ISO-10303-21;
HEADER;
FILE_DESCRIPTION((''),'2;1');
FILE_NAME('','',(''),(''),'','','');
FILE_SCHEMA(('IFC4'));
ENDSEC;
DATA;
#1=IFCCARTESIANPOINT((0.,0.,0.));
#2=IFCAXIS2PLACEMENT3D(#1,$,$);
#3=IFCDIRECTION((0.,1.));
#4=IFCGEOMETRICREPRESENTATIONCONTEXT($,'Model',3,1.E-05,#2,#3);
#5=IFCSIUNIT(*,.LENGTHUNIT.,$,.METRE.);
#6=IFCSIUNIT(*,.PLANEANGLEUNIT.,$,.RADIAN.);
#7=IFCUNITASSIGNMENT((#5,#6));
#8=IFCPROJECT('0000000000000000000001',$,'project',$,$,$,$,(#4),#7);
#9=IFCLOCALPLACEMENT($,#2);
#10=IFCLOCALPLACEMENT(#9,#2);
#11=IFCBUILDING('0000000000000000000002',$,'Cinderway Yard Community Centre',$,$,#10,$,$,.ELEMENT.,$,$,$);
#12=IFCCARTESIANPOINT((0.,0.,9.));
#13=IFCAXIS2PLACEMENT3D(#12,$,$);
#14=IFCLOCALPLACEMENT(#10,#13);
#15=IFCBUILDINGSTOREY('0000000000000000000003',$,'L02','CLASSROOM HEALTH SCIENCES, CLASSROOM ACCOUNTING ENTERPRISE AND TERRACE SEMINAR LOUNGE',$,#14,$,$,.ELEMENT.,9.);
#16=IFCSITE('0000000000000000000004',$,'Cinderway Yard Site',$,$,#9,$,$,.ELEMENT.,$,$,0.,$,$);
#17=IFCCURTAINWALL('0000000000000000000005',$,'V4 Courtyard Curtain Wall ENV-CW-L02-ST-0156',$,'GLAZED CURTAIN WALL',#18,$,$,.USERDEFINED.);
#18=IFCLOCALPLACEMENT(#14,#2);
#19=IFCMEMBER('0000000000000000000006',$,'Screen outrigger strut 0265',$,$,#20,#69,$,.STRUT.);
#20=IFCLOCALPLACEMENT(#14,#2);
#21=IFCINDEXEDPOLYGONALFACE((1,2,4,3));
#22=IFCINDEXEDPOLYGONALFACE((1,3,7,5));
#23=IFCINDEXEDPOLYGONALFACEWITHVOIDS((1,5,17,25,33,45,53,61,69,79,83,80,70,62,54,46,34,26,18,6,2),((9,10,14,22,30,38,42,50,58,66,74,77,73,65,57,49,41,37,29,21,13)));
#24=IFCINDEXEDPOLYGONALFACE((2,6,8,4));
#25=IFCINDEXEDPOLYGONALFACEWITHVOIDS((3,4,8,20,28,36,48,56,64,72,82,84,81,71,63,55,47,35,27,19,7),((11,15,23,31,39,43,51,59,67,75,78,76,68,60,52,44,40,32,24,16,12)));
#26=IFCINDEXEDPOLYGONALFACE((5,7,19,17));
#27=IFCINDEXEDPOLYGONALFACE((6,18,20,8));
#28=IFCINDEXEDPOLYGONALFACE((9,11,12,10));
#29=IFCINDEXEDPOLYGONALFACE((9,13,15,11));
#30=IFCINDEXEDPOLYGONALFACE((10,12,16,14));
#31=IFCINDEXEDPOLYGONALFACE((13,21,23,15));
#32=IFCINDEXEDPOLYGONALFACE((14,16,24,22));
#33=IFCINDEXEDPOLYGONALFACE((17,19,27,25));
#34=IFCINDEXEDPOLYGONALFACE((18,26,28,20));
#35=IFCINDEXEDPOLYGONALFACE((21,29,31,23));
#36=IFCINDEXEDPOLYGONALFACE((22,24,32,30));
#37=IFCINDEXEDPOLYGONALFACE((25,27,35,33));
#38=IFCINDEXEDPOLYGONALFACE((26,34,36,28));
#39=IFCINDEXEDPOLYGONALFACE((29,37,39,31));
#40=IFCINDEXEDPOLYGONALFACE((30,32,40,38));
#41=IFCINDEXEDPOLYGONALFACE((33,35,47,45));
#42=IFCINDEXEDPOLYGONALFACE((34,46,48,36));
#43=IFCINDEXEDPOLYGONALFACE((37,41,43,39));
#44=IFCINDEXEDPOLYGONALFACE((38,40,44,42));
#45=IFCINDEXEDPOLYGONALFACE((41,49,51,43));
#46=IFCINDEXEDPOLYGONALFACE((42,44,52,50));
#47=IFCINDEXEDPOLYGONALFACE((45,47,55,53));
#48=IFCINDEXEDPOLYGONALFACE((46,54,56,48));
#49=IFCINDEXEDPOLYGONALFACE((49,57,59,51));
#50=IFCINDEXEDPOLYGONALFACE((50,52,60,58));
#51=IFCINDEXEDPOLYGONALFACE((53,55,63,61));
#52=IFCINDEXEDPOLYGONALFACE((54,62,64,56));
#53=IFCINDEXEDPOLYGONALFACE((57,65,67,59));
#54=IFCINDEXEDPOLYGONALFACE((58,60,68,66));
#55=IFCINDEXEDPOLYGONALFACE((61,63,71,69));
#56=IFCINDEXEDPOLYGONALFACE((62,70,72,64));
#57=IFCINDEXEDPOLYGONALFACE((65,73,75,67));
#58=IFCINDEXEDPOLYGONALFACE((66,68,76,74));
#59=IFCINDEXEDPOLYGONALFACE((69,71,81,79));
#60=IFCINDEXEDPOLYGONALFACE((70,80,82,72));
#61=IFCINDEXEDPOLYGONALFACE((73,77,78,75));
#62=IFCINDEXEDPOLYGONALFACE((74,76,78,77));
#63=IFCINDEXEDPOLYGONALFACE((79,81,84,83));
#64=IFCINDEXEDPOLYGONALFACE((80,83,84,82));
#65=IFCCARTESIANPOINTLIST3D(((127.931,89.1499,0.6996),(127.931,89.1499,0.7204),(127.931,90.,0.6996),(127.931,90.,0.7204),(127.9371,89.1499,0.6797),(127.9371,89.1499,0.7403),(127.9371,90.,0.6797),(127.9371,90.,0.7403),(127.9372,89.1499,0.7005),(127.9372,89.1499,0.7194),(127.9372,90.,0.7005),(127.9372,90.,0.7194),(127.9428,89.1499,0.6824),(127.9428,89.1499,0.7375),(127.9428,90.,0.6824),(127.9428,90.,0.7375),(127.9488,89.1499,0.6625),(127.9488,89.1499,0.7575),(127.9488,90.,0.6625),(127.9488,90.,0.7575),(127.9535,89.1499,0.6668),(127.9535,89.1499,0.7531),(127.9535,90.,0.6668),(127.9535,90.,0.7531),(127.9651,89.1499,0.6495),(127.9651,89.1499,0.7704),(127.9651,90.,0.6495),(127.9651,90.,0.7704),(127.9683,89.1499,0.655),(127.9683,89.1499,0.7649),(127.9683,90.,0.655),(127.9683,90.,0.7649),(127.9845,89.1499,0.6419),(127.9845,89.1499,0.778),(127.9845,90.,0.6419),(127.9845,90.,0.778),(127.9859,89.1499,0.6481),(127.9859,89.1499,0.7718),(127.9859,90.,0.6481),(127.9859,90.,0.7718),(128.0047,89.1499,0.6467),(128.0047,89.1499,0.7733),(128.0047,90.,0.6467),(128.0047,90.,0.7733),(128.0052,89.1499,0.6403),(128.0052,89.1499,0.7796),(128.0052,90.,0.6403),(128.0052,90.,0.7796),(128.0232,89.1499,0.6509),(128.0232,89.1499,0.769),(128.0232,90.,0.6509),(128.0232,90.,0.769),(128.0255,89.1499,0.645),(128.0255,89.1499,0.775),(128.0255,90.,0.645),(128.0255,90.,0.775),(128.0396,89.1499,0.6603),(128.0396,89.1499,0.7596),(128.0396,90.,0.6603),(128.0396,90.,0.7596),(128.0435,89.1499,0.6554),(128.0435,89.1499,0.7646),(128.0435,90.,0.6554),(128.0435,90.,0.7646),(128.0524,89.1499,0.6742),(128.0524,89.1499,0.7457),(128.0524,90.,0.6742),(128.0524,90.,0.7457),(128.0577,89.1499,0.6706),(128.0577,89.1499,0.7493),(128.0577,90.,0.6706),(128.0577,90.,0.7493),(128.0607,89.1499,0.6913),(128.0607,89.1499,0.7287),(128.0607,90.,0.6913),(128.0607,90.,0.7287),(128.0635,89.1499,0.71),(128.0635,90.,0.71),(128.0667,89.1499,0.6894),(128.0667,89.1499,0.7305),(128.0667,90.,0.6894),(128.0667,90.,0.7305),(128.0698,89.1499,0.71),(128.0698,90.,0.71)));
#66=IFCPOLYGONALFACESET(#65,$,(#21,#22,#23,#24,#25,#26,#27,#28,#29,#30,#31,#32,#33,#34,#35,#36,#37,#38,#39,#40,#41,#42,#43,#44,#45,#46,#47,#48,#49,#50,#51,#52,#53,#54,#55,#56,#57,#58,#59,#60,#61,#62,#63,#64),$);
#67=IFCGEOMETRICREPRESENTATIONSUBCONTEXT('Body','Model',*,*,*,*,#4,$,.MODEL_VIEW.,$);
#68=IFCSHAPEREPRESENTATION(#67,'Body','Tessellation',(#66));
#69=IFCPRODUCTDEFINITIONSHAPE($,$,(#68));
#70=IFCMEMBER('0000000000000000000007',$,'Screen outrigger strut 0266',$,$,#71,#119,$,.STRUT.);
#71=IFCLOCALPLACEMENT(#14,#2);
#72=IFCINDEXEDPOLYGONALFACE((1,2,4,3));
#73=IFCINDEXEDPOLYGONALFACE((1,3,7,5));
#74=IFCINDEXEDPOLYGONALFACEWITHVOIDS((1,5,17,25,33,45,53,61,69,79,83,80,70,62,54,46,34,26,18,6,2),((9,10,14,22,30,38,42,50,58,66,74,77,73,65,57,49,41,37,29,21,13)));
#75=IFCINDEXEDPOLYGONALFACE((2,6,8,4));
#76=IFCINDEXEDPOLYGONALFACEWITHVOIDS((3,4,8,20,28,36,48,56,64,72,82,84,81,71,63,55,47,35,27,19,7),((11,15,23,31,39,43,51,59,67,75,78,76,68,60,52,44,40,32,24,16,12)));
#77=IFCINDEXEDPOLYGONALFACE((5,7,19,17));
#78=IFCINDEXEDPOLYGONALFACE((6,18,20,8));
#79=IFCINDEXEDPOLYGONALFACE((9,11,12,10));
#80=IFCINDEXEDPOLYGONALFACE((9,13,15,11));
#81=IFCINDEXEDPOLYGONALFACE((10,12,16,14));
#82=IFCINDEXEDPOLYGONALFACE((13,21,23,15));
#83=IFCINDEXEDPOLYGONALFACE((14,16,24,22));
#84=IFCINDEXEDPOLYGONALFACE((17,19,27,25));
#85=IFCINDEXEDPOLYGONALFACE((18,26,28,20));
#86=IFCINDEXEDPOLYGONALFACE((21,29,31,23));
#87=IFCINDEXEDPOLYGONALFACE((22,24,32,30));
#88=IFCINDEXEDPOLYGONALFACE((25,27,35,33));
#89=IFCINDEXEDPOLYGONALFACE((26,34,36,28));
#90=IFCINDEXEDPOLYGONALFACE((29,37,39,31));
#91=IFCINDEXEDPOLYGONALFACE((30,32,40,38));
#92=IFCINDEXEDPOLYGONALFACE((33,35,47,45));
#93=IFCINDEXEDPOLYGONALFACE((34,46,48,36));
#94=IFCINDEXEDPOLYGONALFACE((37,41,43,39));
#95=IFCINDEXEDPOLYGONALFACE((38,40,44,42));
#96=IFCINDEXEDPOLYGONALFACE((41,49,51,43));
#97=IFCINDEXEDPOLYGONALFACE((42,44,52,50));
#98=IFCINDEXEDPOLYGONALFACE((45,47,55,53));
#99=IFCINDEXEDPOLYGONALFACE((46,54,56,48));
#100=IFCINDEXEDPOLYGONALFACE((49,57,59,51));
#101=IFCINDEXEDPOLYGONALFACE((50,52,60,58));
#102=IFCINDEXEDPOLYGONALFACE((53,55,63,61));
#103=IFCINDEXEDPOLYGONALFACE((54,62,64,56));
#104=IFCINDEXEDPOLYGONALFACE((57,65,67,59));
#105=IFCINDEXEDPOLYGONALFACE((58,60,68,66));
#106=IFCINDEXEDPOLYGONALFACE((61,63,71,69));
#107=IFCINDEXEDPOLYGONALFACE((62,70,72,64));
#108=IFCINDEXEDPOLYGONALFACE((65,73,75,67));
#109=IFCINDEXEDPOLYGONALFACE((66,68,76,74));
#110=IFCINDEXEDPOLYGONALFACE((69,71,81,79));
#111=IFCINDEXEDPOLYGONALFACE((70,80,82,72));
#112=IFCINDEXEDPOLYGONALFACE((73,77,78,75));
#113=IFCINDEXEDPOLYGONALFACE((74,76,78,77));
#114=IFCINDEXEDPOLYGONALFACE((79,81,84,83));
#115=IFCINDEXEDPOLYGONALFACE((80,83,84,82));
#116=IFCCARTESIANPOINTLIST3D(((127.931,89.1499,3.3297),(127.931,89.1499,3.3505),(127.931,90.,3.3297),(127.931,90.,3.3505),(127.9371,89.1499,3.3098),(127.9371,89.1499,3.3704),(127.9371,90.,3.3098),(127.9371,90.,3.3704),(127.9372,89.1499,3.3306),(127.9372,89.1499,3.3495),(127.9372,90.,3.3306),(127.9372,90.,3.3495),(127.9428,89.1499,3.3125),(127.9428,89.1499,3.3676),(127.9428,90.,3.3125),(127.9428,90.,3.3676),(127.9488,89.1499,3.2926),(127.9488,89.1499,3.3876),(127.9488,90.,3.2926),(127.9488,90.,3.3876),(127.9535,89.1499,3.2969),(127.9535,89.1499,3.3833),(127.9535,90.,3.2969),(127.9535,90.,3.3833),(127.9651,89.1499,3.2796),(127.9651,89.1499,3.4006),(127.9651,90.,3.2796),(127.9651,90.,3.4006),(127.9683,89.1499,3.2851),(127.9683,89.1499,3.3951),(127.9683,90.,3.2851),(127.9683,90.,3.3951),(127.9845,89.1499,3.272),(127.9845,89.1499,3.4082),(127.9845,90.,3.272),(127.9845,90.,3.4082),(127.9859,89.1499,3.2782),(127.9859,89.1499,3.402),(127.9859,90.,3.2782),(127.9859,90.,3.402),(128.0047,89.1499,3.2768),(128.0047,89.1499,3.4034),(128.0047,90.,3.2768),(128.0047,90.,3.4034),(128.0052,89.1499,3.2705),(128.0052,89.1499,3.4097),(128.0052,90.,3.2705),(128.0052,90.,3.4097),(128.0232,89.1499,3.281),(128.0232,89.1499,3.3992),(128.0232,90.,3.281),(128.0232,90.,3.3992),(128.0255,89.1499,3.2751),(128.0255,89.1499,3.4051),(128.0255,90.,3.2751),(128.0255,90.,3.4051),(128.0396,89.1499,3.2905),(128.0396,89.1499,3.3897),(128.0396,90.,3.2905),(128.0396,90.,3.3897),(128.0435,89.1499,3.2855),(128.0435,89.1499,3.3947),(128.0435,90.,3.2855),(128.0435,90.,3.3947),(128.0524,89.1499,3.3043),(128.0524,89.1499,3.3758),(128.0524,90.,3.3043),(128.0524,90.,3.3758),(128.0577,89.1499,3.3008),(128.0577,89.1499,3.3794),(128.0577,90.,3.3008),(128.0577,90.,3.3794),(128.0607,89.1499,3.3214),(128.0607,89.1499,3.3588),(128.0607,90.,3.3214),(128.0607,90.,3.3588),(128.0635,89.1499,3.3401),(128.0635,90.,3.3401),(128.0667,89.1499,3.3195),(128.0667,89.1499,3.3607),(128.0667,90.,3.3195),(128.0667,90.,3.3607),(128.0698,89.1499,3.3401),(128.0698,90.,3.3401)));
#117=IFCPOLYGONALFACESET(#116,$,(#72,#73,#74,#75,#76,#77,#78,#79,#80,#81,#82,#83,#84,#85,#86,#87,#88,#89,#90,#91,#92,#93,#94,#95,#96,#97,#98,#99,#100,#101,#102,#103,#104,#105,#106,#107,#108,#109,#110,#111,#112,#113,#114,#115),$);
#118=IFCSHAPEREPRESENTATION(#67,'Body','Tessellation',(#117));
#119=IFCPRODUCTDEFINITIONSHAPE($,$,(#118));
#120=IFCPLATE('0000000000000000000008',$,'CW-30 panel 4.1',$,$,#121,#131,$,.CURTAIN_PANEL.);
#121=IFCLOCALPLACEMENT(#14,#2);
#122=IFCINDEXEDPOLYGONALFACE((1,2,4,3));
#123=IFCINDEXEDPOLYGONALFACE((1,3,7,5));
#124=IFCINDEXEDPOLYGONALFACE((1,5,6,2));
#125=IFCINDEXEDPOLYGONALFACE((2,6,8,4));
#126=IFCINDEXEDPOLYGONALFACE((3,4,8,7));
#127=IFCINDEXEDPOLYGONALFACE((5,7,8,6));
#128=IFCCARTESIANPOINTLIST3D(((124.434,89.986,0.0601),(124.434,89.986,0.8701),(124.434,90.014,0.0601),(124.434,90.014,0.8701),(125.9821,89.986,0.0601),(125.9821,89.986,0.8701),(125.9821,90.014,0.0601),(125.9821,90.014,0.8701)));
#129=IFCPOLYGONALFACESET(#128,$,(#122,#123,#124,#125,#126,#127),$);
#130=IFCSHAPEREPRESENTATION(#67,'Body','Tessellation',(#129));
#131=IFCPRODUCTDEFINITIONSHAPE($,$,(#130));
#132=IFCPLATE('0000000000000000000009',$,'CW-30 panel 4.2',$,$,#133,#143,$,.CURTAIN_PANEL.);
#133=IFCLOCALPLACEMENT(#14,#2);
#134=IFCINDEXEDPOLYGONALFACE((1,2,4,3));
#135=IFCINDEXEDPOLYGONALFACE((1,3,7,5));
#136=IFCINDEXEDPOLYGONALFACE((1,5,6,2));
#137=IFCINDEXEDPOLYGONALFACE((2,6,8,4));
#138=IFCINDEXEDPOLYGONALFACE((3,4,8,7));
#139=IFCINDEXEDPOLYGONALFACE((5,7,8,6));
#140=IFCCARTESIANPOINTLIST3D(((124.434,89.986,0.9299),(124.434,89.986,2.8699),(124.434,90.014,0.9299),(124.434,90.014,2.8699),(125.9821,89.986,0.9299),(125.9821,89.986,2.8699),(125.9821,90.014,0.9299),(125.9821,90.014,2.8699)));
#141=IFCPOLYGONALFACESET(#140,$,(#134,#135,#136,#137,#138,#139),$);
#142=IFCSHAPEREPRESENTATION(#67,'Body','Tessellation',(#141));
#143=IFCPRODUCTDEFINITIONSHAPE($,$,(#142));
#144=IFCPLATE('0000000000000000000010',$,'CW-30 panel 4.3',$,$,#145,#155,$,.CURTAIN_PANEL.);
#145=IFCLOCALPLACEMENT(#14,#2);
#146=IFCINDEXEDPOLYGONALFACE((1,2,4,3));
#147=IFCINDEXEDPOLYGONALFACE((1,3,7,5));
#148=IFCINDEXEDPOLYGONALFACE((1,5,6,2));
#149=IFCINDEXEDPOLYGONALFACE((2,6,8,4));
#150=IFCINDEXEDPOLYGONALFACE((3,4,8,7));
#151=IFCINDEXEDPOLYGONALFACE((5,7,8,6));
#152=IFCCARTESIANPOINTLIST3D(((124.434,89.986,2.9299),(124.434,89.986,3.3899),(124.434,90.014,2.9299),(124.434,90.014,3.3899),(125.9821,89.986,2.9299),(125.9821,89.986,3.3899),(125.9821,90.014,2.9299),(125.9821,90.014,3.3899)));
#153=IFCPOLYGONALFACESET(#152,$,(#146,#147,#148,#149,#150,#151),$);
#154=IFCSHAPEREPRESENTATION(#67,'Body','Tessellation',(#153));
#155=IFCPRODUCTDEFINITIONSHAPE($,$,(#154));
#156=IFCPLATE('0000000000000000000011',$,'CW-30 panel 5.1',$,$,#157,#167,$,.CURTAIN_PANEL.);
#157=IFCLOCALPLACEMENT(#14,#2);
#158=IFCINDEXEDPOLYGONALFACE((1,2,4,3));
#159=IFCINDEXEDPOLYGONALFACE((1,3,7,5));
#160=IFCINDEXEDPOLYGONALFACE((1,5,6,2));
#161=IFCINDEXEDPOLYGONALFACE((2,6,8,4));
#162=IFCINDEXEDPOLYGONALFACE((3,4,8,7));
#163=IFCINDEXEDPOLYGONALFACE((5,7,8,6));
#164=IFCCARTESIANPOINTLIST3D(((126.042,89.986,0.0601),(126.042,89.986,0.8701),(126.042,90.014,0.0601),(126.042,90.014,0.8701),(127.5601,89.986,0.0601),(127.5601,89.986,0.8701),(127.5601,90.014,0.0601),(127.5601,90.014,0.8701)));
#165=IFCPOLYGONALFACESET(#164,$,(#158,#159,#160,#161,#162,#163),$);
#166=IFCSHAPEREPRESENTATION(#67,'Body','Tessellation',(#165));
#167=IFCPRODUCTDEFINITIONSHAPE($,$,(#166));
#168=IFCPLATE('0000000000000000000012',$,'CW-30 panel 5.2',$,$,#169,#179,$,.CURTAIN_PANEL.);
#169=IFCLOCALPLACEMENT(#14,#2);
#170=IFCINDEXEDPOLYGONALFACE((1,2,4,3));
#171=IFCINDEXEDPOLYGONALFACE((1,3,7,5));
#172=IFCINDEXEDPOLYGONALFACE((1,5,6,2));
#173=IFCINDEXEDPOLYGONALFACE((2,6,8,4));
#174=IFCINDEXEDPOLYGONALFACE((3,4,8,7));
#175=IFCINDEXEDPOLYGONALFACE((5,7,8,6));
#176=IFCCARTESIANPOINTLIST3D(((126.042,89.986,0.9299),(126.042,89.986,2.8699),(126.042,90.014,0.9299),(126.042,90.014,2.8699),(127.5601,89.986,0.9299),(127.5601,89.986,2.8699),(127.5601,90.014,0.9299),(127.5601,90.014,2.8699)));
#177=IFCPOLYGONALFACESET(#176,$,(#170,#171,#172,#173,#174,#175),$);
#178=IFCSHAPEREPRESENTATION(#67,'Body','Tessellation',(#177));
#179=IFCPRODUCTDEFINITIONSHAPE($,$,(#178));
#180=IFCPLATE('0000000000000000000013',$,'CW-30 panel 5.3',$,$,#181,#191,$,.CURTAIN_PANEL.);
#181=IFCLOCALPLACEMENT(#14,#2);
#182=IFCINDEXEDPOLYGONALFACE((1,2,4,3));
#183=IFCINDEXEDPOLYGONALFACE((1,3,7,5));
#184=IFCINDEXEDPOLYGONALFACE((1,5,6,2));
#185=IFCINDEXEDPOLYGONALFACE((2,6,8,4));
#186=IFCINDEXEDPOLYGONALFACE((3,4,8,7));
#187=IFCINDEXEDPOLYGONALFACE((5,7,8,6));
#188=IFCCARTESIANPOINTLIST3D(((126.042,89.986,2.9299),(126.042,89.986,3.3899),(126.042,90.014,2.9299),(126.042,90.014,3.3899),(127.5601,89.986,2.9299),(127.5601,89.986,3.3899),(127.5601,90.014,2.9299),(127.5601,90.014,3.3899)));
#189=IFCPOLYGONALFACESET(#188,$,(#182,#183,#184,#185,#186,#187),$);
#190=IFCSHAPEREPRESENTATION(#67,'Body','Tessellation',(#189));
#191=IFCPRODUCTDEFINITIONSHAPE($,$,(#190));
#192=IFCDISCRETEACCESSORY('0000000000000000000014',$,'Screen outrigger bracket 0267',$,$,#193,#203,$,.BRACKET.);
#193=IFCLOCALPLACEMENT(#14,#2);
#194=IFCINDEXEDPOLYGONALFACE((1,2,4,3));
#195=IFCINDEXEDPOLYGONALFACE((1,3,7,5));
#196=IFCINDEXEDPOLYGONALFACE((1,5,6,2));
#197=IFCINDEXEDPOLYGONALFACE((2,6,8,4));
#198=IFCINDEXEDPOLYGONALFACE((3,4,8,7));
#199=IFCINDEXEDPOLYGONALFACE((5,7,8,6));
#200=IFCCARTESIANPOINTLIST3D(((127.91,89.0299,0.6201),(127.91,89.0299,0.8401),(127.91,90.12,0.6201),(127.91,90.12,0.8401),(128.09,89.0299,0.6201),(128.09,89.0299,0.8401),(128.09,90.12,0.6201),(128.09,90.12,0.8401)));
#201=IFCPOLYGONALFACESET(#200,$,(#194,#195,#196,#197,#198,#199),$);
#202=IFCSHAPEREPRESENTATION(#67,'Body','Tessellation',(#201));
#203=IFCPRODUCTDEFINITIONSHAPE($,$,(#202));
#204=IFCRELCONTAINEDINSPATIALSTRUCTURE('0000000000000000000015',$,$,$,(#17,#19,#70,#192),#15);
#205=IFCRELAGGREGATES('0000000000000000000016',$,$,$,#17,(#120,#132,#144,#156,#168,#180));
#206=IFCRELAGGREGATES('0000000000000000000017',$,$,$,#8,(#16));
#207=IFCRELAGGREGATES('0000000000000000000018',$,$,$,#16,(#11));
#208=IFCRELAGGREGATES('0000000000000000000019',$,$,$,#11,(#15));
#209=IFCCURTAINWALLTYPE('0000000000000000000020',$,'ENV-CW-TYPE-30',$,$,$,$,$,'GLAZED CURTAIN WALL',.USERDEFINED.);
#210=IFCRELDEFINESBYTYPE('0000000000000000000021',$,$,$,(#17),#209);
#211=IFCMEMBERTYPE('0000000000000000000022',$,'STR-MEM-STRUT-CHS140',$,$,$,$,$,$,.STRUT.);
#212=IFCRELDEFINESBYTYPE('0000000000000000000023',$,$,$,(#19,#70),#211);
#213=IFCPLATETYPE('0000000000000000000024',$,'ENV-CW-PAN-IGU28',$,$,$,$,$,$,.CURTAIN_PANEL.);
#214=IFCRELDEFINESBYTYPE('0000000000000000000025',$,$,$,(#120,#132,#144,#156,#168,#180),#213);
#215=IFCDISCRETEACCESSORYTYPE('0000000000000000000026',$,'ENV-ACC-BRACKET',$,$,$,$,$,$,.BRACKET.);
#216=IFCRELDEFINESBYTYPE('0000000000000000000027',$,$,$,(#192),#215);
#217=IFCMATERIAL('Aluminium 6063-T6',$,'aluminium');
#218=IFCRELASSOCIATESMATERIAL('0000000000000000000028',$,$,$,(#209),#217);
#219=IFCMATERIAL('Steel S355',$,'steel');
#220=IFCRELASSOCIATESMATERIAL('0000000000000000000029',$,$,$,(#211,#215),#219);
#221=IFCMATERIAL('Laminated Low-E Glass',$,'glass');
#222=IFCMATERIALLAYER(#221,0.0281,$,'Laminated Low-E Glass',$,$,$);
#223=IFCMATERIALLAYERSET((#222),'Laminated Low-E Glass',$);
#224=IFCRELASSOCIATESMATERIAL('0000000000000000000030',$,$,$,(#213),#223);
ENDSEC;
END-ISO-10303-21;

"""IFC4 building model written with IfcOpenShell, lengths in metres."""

from ifc_helpers import new_model, si_unit, direction, frame, origin, origin_2d, place, context, subcontext, project, spatial, rectangle, hollow_circle, extrude, material, layer, layer_set, material_profile, profile_set, type_object, element, aggregate, save


model = new_model("IFC4")

# Units and contexts
model_context = context("Model", 3, precision=1e-05, world=origin(), true_north=direction((0.0, 1.0)))
body_context = subcontext(model_context, "Body", "Model", "MODEL_VIEW")
ifc_project = project(units=[si_unit("LENGTHUNIT", "METRE"), si_unit("PLANEANGLEUNIT", "RADIAN")], contexts=[model_context])

# Site, building, storey
site_placement = place(None, origin())
site = spatial("IfcSite", under=ifc_project, at=site_placement, Name="Cinderway Yard Site", CompositionType="ELEMENT", RefElevation=0.0)
building_placement = place(site_placement, origin())
building = spatial("IfcBuilding", under=site, at=building_placement, Name="Cinderway Yard Community Centre", CompositionType="ELEMENT")
storey_placement = place(building_placement, frame((0.0, 0.0, 9.0)))
storey = spatial("IfcBuildingStorey", under=building, at=storey_placement, Name="L02", Description="CLASSROOM HEALTH SCIENCES, CLASSROOM ACCOUNTING ENTERPRISE AND TERRACE SEMINAR LOUNGE", CompositionType="ELEMENT", Elevation=9.0)

# Curtain wall
ifc_material_1 = material(Name="Aluminium 6063-T6", Category="aluminium")
curtain_wall_type = type_object("IfcCurtainWallType", Name="ENV-CW-TYPE-30", ElementType="GLAZED CURTAIN WALL", PredefinedType="USERDEFINED", material=ifc_material_1)
curtain_wall_1_placement = place(storey_placement, origin())
curtain_wall_1 = element("IfcCurtainWall", 1, at=curtain_wall_1_placement, inside=storey, type_object=curtain_wall_type, Name="V4 Courtyard Curtain Wall ENV-CW-L02-ST-0156", ObjectType="GLAZED CURTAIN WALL", PredefinedType="USERDEFINED")

# Shared definitions
ifc_material_2 = material(Name="Steel S355", Category="steel")

# Members
ifc_material_profile_1 = material_profile(ifc_material_2, hollow_circle(Radius=0.0698, WallThickness=0.0063, at=origin_2d()), Name="Steel S355")
ifc_profile_set_1 = profile_set([ifc_material_profile_1], Name="Steel S355")
member_type_1 = type_object("IfcMemberType", Name="STR-MEM-STRUT-CHS140", PredefinedType="STRUT", material=ifc_profile_set_1)
for number, where, z_axis, x_axis, name in (
    (2, (128.0, 90.0, 0.71), (0.0, -1.0, 0.0), (1.0, 0.0, 0.0), "Screen outrigger strut 0265"),
    (3, (128.0, 90.0, 3.3401), (0.0, -1.0, 0.0), (1.0, 0.0, 0.0), "Screen outrigger strut 0266"),
):
    element("IfcMember", number, at=place(storey_placement, frame(where, z_axis=z_axis, x_axis=x_axis)), inside=storey, type_object=member_type_1, Name=name, PredefinedType="STRUT", context=body_context, shape_type="SweptSolid", body=[
        extrude(hollow_circle(Radius=0.0698, WallThickness=0.0063, at=origin_2d()), origin(), (0.0, 0.0, 1.0), 0.8501),
    ])

# Plates
ifc_material_3 = material(Name="Laminated Low-E Glass", Category="glass")
ifc_layer = layer(ifc_material_3, 0.0281, Name="Laminated Low-E Glass")
ifc_layer_set = layer_set([ifc_layer], Name="Laminated Low-E Glass")
plate_type = type_object("IfcPlateType", Name="ENV-CW-PAN-IGU28", PredefinedType="CURTAIN_PANEL", material=ifc_layer_set)
plate_1_placement = place(storey_placement, frame((125.208, 90.0, 0.0601), z_axis=(0.0, 0.0, 1.0), x_axis=(1.0, 0.0, 0.0)))
plate_1 = element("IfcPlate", 4, at=plate_1_placement, type_object=plate_type, Name="CW-30 panel 4.1", PredefinedType="CURTAIN_PANEL", context=body_context, shape_type="SweptSolid", body=[
    extrude(rectangle(XDim=1.5481, YDim=0.0281, at=origin_2d()), origin(), (0.0, 0.0, 1.0), 0.8101),
])
plate_2_placement = place(storey_placement, frame((125.208, 90.0, 0.9299), z_axis=(0.0, 0.0, 1.0), x_axis=(1.0, 0.0, 0.0)))
plate_2 = element("IfcPlate", 5, at=plate_2_placement, type_object=plate_type, Name="CW-30 panel 4.2", PredefinedType="CURTAIN_PANEL", context=body_context, shape_type="SweptSolid", body=[
    extrude(rectangle(XDim=1.5481, YDim=0.0281, at=origin_2d()), origin(), (0.0, 0.0, 1.0), 1.9399),
])
plate_3_placement = place(storey_placement, frame((125.208, 90.0, 2.9299), z_axis=(0.0, 0.0, 1.0), x_axis=(1.0, 0.0, 0.0)))
plate_3 = element("IfcPlate", 6, at=plate_3_placement, type_object=plate_type, Name="CW-30 panel 4.3", PredefinedType="CURTAIN_PANEL", context=body_context, shape_type="SweptSolid", body=[
    extrude(rectangle(XDim=1.5481, YDim=0.0281, at=origin_2d()), origin(), (0.0, 0.0, 1.0), 0.46),
])
plate_4_placement = place(storey_placement, frame((126.801, 90.0, 0.0601), z_axis=(0.0, 0.0, 1.0), x_axis=(1.0, 0.0, 0.0)))
plate_4 = element("IfcPlate", 7, at=plate_4_placement, type_object=plate_type, Name="CW-30 panel 5.1", PredefinedType="CURTAIN_PANEL", context=body_context, shape_type="SweptSolid", body=[
    extrude(rectangle(XDim=1.5181, YDim=0.0281, at=origin_2d()), origin(), (0.0, 0.0, 1.0), 0.8101),
])
plate_5_placement = place(storey_placement, frame((126.801, 90.0, 0.9299), z_axis=(0.0, 0.0, 1.0), x_axis=(1.0, 0.0, 0.0)))
plate_5 = element("IfcPlate", 8, at=plate_5_placement, type_object=plate_type, Name="CW-30 panel 5.2", PredefinedType="CURTAIN_PANEL", context=body_context, shape_type="SweptSolid", body=[
    extrude(rectangle(XDim=1.5181, YDim=0.0281, at=origin_2d()), origin(), (0.0, 0.0, 1.0), 1.9399),
])
plate_6_placement = place(storey_placement, frame((126.801, 90.0, 2.9299), z_axis=(0.0, 0.0, 1.0), x_axis=(1.0, 0.0, 0.0)))
plate_6 = element("IfcPlate", 9, at=plate_6_placement, type_object=plate_type, Name="CW-30 panel 5.3", PredefinedType="CURTAIN_PANEL", context=body_context, shape_type="SweptSolid", body=[
    extrude(rectangle(XDim=1.5181, YDim=0.0281, at=origin_2d()), origin(), (0.0, 0.0, 1.0), 0.46),
])
aggregate(curtain_wall_1, [plate_1, plate_2, plate_3, plate_4, plate_5, plate_6])

# Discrete accessory
discrete_accessory_type = type_object("IfcDiscreteAccessoryType", Name="ENV-ACC-BRACKET", PredefinedType="BRACKET", material=ifc_material_2)
for number, where, z_axis, x_axis, name in (
    (10, (128.0, 89.575, 0.6201), (0.0, 0.0, 1.0), (0.0, -1.0, 0.0), "Screen outrigger bracket 0267"),
):
    element("IfcDiscreteAccessory", number, at=place(storey_placement, frame(where, z_axis=z_axis, x_axis=x_axis)), inside=storey, type_object=discrete_accessory_type, Name=name, PredefinedType="BRACKET", context=body_context, shape_type="SweptSolid", body=[
        extrude(rectangle(XDim=1.0901, YDim=0.1799, at=origin_2d()), origin(), (0.0, 0.0, 1.0), 0.22),
    ])

save(model, "model.ifc")
